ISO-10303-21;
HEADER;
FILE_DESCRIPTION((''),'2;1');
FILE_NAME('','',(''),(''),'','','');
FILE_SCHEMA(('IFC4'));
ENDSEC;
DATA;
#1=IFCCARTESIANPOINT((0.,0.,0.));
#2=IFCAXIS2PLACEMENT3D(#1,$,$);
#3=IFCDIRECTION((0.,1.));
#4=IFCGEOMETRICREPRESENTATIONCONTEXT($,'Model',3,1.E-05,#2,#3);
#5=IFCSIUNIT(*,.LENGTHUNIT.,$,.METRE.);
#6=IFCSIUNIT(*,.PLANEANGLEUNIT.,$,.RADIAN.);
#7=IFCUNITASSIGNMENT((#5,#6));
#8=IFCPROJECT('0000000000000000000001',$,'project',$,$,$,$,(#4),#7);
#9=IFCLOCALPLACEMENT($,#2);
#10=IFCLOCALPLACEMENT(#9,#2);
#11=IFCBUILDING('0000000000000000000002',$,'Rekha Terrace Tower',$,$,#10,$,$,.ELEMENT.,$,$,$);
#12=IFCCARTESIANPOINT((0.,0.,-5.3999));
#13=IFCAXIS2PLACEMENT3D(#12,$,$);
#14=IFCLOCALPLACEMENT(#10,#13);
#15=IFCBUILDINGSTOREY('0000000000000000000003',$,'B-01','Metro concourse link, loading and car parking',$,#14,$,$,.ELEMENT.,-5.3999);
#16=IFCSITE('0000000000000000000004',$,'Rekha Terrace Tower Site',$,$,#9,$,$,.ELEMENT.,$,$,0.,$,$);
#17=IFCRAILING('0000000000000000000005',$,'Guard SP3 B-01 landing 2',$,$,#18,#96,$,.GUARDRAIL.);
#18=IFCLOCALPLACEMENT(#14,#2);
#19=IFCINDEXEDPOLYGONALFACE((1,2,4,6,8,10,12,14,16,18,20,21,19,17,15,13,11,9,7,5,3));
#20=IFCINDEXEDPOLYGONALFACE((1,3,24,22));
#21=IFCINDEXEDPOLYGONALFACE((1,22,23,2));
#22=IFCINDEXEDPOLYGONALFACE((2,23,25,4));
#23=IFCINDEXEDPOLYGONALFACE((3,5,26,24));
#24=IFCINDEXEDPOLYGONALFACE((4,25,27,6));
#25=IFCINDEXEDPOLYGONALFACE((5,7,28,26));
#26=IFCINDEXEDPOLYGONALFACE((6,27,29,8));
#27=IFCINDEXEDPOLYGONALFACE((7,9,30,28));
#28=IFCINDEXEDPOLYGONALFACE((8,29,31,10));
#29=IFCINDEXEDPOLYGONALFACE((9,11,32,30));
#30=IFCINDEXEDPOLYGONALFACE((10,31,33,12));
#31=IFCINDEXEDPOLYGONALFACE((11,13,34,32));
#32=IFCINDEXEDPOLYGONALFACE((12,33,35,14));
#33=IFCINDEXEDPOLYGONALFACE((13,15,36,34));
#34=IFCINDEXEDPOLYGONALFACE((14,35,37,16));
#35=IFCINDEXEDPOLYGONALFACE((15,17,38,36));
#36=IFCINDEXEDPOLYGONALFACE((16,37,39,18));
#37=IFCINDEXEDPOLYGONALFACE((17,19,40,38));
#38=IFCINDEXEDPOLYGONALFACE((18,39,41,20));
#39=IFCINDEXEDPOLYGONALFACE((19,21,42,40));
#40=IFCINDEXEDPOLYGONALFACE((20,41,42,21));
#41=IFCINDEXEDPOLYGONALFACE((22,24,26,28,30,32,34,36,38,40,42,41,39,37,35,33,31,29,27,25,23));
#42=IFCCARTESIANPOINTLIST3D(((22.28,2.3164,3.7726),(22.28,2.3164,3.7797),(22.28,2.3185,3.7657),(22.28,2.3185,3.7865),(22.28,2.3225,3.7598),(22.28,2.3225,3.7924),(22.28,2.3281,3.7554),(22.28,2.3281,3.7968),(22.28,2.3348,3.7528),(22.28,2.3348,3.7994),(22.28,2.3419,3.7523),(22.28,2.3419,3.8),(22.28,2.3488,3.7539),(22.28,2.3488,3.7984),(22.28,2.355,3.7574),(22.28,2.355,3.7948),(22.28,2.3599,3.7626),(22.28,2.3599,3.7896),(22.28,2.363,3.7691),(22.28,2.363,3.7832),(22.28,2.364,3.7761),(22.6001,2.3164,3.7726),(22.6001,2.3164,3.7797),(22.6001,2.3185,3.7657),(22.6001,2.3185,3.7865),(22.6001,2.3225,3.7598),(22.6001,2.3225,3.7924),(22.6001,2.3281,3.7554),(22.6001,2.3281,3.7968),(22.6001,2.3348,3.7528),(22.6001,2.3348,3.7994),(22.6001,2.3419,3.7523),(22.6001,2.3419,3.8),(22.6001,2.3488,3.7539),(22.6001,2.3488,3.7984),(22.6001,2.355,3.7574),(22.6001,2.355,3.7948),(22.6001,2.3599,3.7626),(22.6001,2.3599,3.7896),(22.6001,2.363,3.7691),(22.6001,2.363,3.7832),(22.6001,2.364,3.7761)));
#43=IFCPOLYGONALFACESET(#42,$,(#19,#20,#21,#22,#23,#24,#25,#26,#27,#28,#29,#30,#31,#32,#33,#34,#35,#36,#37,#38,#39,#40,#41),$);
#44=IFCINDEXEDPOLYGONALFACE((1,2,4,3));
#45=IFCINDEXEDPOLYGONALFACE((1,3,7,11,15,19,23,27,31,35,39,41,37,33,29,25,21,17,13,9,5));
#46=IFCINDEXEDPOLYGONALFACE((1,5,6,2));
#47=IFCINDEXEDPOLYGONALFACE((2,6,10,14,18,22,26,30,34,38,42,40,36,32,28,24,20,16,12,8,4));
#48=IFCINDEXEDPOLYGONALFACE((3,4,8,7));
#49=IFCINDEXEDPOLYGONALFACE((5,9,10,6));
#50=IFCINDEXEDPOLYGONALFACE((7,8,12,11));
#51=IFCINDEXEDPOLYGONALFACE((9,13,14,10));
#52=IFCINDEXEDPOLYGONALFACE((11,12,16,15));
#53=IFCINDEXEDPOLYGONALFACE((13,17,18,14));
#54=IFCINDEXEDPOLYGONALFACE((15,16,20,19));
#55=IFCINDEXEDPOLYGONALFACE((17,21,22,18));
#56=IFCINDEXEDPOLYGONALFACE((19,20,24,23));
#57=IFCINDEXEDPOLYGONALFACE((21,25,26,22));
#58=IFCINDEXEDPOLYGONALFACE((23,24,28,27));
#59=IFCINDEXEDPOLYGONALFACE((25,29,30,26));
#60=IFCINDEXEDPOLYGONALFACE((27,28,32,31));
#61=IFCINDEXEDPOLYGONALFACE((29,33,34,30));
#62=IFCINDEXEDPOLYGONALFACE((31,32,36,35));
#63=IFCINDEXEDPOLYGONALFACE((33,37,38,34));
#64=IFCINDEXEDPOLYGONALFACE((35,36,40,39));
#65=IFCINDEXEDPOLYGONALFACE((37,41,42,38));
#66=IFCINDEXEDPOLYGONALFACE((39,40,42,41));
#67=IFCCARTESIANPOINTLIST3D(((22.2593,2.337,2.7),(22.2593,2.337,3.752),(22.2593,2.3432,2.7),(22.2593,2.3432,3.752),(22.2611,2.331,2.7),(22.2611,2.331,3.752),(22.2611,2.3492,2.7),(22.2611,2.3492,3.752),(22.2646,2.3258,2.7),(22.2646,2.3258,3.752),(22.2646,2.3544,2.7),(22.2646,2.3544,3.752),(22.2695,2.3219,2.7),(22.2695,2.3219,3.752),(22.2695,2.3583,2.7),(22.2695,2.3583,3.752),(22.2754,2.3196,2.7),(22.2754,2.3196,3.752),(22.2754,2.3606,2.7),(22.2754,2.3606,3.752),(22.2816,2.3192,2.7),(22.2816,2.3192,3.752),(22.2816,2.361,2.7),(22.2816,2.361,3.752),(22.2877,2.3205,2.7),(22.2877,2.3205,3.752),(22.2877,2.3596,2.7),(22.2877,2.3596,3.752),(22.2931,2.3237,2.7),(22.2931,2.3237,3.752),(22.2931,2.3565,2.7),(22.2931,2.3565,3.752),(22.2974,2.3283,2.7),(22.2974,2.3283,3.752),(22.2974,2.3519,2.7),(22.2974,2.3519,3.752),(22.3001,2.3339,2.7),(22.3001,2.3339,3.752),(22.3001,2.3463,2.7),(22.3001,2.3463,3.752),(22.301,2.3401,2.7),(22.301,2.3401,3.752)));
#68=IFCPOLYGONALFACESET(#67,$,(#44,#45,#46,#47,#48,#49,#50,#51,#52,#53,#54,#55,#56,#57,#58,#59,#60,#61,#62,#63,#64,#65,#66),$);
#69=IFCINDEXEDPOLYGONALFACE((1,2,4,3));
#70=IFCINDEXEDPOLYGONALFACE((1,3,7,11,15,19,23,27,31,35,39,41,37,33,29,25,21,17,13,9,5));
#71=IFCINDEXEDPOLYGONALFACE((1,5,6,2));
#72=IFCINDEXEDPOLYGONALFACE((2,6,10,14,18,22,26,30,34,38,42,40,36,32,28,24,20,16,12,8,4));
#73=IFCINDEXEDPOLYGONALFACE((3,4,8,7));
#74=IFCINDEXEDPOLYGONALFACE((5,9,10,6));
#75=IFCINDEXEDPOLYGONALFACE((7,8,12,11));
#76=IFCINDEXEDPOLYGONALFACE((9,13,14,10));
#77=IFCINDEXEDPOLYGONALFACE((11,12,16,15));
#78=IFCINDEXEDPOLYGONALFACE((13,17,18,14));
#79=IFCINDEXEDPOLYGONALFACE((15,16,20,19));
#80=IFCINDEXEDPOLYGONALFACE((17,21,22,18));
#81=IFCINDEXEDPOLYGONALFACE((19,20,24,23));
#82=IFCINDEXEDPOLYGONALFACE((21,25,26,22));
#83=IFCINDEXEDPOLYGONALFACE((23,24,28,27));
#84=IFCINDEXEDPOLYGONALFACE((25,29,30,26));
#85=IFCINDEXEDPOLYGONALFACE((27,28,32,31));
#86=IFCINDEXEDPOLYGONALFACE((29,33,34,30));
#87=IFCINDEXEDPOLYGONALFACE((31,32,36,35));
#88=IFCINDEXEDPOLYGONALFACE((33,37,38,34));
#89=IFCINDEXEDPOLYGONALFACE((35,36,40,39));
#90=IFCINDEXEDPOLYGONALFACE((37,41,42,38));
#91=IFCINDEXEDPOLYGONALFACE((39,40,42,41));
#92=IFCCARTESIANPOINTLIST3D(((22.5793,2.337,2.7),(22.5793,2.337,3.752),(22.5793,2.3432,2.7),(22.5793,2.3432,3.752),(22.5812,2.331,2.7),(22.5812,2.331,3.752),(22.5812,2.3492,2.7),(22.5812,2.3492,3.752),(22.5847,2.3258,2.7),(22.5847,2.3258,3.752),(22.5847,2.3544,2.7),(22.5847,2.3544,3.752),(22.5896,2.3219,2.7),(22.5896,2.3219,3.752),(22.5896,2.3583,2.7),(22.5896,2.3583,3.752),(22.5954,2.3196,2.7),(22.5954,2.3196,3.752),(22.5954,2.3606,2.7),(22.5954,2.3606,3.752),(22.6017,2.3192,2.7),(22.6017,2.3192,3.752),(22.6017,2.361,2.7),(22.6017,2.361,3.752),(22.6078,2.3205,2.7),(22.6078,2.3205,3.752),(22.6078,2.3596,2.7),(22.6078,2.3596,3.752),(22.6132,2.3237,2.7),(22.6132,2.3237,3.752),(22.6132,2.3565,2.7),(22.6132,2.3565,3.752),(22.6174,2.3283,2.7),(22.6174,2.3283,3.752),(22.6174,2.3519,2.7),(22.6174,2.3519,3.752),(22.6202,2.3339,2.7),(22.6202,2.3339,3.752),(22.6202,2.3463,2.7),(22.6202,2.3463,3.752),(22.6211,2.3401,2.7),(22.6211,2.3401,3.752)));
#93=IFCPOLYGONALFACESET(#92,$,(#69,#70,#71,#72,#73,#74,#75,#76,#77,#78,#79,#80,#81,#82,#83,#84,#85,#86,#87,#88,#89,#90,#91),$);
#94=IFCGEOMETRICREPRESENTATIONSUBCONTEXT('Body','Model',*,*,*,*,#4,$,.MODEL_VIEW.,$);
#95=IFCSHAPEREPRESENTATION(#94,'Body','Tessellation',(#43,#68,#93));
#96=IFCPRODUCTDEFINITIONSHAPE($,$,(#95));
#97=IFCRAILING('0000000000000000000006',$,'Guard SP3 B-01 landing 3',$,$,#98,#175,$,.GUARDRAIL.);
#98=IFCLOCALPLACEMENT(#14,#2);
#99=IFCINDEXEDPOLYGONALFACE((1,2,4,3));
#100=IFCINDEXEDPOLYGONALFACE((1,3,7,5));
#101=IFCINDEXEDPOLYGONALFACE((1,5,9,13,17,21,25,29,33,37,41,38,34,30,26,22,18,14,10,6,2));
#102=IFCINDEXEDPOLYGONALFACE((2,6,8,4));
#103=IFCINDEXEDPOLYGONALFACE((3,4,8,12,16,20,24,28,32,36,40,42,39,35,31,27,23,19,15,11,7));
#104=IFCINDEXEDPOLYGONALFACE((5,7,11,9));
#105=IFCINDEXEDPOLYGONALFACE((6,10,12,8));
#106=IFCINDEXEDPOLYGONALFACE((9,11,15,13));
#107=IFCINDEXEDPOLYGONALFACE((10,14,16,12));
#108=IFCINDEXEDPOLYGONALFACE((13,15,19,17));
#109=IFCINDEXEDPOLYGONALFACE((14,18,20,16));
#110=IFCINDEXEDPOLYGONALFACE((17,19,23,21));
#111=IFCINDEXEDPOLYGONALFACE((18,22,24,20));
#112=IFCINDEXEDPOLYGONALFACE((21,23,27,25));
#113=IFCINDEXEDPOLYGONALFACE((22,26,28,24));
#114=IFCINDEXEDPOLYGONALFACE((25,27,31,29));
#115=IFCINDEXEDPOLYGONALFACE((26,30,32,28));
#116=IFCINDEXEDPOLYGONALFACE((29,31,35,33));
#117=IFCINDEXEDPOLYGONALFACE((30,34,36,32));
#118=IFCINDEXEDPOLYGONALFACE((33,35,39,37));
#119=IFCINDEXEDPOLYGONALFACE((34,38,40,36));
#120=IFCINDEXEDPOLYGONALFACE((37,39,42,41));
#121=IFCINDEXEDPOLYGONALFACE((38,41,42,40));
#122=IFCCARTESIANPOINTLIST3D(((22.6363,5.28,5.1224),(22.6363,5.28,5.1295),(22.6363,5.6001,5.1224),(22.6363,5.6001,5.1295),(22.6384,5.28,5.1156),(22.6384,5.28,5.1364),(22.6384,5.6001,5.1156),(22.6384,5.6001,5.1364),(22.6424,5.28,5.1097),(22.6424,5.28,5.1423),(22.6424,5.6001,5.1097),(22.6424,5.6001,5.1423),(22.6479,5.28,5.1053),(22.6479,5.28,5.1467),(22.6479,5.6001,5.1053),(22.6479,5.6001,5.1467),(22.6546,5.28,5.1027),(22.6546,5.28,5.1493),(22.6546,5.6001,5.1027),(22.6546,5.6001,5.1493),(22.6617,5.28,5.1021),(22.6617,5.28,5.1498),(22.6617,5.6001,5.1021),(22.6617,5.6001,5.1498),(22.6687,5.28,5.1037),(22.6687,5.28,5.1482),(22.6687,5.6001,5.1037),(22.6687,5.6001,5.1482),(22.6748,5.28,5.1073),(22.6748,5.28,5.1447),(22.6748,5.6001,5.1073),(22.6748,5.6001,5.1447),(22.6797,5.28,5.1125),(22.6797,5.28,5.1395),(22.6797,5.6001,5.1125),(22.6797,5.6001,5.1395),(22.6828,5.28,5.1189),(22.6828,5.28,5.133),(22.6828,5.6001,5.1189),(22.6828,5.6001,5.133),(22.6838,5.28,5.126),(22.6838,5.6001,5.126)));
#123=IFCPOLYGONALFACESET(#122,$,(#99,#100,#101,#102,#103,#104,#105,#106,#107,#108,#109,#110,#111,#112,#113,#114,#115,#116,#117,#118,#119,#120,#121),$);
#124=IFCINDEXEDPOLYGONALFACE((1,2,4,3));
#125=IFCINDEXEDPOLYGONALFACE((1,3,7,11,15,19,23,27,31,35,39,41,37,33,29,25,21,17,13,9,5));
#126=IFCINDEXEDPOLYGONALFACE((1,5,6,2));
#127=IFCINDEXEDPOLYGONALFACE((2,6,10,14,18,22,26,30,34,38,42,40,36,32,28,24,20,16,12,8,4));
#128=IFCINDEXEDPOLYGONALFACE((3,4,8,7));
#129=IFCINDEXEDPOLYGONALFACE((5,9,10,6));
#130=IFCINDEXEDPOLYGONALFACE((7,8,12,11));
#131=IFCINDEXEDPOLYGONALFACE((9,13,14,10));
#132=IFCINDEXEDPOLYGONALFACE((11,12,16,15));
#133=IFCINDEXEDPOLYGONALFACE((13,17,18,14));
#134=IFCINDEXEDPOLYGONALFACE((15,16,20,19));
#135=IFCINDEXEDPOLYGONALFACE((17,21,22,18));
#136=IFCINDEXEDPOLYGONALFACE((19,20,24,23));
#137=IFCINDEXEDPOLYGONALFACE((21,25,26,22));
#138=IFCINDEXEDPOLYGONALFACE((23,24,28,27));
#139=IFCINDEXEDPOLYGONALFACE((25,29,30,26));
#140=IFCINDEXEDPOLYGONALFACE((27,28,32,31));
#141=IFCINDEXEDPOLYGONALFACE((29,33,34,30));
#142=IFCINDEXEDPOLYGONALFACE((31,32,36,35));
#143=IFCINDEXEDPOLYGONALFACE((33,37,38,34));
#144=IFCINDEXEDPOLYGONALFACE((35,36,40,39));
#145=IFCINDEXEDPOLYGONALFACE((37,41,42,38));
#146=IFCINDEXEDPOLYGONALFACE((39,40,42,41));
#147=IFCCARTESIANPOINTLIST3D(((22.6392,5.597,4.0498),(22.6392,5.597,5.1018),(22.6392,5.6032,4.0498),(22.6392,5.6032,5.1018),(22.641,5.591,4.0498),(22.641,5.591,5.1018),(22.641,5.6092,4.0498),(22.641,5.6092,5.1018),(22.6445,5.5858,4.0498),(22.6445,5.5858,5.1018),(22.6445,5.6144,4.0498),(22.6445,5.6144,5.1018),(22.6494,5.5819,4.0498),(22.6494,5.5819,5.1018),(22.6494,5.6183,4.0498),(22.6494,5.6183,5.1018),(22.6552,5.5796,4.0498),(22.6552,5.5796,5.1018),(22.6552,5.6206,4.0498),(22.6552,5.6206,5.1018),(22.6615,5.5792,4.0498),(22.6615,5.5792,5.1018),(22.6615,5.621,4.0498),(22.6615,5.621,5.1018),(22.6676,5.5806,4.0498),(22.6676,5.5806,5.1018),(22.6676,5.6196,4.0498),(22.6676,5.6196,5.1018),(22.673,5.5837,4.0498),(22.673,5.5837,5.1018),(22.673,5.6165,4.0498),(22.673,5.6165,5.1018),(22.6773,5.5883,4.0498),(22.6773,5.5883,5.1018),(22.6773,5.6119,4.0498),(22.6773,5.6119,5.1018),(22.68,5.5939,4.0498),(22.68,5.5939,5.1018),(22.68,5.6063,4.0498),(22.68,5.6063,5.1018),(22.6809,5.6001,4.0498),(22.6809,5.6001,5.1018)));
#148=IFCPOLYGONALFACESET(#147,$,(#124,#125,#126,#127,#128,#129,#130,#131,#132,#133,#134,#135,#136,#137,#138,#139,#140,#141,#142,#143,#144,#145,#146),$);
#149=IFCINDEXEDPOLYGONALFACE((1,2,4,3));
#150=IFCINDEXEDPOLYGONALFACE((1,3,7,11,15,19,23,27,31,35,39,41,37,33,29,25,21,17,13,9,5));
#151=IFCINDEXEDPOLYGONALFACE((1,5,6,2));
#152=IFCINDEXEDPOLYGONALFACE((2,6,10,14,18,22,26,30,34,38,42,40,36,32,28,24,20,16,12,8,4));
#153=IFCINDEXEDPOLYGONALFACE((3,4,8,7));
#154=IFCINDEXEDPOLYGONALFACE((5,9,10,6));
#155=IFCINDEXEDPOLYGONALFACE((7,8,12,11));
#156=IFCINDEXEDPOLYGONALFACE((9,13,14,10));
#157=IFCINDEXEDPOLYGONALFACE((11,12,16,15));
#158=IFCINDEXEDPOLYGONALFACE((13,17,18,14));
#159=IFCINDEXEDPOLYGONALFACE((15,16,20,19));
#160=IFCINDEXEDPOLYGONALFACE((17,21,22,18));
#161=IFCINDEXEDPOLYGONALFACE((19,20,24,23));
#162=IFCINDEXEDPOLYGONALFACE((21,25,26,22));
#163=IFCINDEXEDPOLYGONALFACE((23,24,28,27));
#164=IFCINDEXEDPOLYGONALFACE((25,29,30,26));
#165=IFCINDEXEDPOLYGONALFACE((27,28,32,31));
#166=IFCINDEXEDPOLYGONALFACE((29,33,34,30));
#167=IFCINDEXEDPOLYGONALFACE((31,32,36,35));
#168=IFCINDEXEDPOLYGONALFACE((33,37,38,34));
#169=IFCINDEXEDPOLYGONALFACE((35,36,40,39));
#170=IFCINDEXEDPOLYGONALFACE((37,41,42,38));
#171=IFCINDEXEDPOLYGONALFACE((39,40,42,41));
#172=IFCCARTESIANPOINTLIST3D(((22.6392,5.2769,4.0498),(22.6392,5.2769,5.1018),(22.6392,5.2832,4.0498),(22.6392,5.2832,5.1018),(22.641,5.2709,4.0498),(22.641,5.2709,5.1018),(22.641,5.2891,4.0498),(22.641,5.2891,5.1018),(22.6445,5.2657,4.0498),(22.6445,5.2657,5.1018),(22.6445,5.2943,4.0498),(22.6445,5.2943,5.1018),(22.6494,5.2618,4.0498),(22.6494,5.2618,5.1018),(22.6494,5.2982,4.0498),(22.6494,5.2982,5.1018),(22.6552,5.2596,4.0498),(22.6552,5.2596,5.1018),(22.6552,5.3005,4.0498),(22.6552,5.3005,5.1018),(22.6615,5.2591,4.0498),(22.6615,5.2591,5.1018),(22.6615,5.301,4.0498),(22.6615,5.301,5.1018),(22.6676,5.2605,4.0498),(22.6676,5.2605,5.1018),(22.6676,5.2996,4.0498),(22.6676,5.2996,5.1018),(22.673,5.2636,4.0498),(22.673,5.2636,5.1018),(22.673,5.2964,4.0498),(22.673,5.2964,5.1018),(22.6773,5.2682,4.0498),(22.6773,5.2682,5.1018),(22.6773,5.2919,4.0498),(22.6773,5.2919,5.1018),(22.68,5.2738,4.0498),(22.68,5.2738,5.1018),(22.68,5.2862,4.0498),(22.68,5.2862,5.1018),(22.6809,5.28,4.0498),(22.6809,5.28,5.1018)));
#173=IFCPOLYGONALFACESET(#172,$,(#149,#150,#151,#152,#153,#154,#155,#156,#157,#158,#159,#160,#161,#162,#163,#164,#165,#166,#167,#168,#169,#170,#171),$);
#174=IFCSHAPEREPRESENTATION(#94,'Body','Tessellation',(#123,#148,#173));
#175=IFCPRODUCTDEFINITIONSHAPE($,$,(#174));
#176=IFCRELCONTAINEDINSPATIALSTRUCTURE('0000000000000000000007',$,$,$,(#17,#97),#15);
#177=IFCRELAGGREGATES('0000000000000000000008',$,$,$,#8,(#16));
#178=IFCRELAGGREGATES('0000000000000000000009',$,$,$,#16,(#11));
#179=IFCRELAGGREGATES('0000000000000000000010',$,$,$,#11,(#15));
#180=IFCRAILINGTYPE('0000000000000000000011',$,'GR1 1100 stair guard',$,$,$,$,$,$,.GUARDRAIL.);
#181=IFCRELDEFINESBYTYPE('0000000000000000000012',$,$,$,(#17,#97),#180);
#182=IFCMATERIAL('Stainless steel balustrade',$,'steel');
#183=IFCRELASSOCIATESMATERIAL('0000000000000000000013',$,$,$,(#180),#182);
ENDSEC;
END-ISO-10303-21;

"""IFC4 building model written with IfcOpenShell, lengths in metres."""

from ifc_helpers import new_model, si_unit, direction, frame, origin, origin_2d, place, context, subcontext, project, spatial, circle, extrude, material, type_object, element, save


model = new_model("IFC4")

# Units and contexts
model_context = context("Model", 3, precision=1e-05, world=origin(), true_north=direction((0.0, 1.0)))
body_context = subcontext(model_context, "Body", "Model", "MODEL_VIEW")
ifc_project = project(units=[si_unit("LENGTHUNIT", "METRE"), si_unit("PLANEANGLEUNIT", "RADIAN")], contexts=[model_context])

# Site, building, storey
site_placement = place(None, origin())
site = spatial("IfcSite", under=ifc_project, at=site_placement, Name="Rekha Terrace Tower Site", CompositionType="ELEMENT", RefElevation=0.0)
building_placement = place(site_placement, origin())
building = spatial("IfcBuilding", under=site, at=building_placement, Name="Rekha Terrace Tower", CompositionType="ELEMENT")
storey_placement = place(building_placement, frame((0.0, 0.0, -5.3999)))
storey = spatial("IfcBuildingStorey", under=building, at=storey_placement, Name="B-01", Description="Metro concourse link, loading and car parking", CompositionType="ELEMENT", Elevation=-5.3999)

# Railings
ifc_material_1 = material(Name="Stainless steel balustrade", Category="steel")
railing_type_1 = type_object("IfcRailingType", Name="GR1 1100 stair guard", PredefinedType="GUARDRAIL", material=ifc_material_1)
railing_1_placement = place(storey_placement, frame((22.28, 2.3401, 2.7)))
element("IfcRailing", 1, at=railing_1_placement, inside=storey, type_object=railing_type_1, Name="Guard SP3 B-01 landing 2", PredefinedType="GUARDRAIL", context=body_context, shape_type="SweptSolid", body=[
    extrude(circle(Radius=0.0239, at=origin_2d()), frame((0.0, 0.0, 1.0762), z_axis=(1.0, 0.0, 0.0), x_axis=(0.0, 1.0, 0.0)), (0.0, 0.0, 1.0), 0.3201),
    extrude(circle(Radius=0.021, at=origin_2d()), origin(), (0.0, 0.0, 1.0), 1.052),
    extrude(circle(Radius=0.021, at=origin_2d()), frame((0.3201, 0.0, 0.0)), (0.0, 0.0, 1.0), 1.052),
])
railing_2_placement = place(storey_placement, frame((22.6599, 5.6001, 4.0498)))
element("IfcRailing", 2, at=railing_2_placement, inside=storey, type_object=railing_type_1, Name="Guard SP3 B-01 landing 3", PredefinedType="GUARDRAIL", context=body_context, shape_type="SweptSolid", body=[
    extrude(circle(Radius=0.0239, at=origin_2d()), frame((0.0, 0.0, 1.0762), z_axis=(0.0, -1.0, 0.0), x_axis=(1.0, 0.0, 0.0)), (0.0, 0.0, 1.0), 0.3201),
    extrude(circle(Radius=0.021, at=origin_2d()), origin(), (0.0, 0.0, 1.0), 1.052),
    extrude(circle(Radius=0.021, at=origin_2d()), frame((0.0, -0.3201, 0.0)), (0.0, 0.0, 1.0), 1.052),
])

save(model, "model.ifc")
